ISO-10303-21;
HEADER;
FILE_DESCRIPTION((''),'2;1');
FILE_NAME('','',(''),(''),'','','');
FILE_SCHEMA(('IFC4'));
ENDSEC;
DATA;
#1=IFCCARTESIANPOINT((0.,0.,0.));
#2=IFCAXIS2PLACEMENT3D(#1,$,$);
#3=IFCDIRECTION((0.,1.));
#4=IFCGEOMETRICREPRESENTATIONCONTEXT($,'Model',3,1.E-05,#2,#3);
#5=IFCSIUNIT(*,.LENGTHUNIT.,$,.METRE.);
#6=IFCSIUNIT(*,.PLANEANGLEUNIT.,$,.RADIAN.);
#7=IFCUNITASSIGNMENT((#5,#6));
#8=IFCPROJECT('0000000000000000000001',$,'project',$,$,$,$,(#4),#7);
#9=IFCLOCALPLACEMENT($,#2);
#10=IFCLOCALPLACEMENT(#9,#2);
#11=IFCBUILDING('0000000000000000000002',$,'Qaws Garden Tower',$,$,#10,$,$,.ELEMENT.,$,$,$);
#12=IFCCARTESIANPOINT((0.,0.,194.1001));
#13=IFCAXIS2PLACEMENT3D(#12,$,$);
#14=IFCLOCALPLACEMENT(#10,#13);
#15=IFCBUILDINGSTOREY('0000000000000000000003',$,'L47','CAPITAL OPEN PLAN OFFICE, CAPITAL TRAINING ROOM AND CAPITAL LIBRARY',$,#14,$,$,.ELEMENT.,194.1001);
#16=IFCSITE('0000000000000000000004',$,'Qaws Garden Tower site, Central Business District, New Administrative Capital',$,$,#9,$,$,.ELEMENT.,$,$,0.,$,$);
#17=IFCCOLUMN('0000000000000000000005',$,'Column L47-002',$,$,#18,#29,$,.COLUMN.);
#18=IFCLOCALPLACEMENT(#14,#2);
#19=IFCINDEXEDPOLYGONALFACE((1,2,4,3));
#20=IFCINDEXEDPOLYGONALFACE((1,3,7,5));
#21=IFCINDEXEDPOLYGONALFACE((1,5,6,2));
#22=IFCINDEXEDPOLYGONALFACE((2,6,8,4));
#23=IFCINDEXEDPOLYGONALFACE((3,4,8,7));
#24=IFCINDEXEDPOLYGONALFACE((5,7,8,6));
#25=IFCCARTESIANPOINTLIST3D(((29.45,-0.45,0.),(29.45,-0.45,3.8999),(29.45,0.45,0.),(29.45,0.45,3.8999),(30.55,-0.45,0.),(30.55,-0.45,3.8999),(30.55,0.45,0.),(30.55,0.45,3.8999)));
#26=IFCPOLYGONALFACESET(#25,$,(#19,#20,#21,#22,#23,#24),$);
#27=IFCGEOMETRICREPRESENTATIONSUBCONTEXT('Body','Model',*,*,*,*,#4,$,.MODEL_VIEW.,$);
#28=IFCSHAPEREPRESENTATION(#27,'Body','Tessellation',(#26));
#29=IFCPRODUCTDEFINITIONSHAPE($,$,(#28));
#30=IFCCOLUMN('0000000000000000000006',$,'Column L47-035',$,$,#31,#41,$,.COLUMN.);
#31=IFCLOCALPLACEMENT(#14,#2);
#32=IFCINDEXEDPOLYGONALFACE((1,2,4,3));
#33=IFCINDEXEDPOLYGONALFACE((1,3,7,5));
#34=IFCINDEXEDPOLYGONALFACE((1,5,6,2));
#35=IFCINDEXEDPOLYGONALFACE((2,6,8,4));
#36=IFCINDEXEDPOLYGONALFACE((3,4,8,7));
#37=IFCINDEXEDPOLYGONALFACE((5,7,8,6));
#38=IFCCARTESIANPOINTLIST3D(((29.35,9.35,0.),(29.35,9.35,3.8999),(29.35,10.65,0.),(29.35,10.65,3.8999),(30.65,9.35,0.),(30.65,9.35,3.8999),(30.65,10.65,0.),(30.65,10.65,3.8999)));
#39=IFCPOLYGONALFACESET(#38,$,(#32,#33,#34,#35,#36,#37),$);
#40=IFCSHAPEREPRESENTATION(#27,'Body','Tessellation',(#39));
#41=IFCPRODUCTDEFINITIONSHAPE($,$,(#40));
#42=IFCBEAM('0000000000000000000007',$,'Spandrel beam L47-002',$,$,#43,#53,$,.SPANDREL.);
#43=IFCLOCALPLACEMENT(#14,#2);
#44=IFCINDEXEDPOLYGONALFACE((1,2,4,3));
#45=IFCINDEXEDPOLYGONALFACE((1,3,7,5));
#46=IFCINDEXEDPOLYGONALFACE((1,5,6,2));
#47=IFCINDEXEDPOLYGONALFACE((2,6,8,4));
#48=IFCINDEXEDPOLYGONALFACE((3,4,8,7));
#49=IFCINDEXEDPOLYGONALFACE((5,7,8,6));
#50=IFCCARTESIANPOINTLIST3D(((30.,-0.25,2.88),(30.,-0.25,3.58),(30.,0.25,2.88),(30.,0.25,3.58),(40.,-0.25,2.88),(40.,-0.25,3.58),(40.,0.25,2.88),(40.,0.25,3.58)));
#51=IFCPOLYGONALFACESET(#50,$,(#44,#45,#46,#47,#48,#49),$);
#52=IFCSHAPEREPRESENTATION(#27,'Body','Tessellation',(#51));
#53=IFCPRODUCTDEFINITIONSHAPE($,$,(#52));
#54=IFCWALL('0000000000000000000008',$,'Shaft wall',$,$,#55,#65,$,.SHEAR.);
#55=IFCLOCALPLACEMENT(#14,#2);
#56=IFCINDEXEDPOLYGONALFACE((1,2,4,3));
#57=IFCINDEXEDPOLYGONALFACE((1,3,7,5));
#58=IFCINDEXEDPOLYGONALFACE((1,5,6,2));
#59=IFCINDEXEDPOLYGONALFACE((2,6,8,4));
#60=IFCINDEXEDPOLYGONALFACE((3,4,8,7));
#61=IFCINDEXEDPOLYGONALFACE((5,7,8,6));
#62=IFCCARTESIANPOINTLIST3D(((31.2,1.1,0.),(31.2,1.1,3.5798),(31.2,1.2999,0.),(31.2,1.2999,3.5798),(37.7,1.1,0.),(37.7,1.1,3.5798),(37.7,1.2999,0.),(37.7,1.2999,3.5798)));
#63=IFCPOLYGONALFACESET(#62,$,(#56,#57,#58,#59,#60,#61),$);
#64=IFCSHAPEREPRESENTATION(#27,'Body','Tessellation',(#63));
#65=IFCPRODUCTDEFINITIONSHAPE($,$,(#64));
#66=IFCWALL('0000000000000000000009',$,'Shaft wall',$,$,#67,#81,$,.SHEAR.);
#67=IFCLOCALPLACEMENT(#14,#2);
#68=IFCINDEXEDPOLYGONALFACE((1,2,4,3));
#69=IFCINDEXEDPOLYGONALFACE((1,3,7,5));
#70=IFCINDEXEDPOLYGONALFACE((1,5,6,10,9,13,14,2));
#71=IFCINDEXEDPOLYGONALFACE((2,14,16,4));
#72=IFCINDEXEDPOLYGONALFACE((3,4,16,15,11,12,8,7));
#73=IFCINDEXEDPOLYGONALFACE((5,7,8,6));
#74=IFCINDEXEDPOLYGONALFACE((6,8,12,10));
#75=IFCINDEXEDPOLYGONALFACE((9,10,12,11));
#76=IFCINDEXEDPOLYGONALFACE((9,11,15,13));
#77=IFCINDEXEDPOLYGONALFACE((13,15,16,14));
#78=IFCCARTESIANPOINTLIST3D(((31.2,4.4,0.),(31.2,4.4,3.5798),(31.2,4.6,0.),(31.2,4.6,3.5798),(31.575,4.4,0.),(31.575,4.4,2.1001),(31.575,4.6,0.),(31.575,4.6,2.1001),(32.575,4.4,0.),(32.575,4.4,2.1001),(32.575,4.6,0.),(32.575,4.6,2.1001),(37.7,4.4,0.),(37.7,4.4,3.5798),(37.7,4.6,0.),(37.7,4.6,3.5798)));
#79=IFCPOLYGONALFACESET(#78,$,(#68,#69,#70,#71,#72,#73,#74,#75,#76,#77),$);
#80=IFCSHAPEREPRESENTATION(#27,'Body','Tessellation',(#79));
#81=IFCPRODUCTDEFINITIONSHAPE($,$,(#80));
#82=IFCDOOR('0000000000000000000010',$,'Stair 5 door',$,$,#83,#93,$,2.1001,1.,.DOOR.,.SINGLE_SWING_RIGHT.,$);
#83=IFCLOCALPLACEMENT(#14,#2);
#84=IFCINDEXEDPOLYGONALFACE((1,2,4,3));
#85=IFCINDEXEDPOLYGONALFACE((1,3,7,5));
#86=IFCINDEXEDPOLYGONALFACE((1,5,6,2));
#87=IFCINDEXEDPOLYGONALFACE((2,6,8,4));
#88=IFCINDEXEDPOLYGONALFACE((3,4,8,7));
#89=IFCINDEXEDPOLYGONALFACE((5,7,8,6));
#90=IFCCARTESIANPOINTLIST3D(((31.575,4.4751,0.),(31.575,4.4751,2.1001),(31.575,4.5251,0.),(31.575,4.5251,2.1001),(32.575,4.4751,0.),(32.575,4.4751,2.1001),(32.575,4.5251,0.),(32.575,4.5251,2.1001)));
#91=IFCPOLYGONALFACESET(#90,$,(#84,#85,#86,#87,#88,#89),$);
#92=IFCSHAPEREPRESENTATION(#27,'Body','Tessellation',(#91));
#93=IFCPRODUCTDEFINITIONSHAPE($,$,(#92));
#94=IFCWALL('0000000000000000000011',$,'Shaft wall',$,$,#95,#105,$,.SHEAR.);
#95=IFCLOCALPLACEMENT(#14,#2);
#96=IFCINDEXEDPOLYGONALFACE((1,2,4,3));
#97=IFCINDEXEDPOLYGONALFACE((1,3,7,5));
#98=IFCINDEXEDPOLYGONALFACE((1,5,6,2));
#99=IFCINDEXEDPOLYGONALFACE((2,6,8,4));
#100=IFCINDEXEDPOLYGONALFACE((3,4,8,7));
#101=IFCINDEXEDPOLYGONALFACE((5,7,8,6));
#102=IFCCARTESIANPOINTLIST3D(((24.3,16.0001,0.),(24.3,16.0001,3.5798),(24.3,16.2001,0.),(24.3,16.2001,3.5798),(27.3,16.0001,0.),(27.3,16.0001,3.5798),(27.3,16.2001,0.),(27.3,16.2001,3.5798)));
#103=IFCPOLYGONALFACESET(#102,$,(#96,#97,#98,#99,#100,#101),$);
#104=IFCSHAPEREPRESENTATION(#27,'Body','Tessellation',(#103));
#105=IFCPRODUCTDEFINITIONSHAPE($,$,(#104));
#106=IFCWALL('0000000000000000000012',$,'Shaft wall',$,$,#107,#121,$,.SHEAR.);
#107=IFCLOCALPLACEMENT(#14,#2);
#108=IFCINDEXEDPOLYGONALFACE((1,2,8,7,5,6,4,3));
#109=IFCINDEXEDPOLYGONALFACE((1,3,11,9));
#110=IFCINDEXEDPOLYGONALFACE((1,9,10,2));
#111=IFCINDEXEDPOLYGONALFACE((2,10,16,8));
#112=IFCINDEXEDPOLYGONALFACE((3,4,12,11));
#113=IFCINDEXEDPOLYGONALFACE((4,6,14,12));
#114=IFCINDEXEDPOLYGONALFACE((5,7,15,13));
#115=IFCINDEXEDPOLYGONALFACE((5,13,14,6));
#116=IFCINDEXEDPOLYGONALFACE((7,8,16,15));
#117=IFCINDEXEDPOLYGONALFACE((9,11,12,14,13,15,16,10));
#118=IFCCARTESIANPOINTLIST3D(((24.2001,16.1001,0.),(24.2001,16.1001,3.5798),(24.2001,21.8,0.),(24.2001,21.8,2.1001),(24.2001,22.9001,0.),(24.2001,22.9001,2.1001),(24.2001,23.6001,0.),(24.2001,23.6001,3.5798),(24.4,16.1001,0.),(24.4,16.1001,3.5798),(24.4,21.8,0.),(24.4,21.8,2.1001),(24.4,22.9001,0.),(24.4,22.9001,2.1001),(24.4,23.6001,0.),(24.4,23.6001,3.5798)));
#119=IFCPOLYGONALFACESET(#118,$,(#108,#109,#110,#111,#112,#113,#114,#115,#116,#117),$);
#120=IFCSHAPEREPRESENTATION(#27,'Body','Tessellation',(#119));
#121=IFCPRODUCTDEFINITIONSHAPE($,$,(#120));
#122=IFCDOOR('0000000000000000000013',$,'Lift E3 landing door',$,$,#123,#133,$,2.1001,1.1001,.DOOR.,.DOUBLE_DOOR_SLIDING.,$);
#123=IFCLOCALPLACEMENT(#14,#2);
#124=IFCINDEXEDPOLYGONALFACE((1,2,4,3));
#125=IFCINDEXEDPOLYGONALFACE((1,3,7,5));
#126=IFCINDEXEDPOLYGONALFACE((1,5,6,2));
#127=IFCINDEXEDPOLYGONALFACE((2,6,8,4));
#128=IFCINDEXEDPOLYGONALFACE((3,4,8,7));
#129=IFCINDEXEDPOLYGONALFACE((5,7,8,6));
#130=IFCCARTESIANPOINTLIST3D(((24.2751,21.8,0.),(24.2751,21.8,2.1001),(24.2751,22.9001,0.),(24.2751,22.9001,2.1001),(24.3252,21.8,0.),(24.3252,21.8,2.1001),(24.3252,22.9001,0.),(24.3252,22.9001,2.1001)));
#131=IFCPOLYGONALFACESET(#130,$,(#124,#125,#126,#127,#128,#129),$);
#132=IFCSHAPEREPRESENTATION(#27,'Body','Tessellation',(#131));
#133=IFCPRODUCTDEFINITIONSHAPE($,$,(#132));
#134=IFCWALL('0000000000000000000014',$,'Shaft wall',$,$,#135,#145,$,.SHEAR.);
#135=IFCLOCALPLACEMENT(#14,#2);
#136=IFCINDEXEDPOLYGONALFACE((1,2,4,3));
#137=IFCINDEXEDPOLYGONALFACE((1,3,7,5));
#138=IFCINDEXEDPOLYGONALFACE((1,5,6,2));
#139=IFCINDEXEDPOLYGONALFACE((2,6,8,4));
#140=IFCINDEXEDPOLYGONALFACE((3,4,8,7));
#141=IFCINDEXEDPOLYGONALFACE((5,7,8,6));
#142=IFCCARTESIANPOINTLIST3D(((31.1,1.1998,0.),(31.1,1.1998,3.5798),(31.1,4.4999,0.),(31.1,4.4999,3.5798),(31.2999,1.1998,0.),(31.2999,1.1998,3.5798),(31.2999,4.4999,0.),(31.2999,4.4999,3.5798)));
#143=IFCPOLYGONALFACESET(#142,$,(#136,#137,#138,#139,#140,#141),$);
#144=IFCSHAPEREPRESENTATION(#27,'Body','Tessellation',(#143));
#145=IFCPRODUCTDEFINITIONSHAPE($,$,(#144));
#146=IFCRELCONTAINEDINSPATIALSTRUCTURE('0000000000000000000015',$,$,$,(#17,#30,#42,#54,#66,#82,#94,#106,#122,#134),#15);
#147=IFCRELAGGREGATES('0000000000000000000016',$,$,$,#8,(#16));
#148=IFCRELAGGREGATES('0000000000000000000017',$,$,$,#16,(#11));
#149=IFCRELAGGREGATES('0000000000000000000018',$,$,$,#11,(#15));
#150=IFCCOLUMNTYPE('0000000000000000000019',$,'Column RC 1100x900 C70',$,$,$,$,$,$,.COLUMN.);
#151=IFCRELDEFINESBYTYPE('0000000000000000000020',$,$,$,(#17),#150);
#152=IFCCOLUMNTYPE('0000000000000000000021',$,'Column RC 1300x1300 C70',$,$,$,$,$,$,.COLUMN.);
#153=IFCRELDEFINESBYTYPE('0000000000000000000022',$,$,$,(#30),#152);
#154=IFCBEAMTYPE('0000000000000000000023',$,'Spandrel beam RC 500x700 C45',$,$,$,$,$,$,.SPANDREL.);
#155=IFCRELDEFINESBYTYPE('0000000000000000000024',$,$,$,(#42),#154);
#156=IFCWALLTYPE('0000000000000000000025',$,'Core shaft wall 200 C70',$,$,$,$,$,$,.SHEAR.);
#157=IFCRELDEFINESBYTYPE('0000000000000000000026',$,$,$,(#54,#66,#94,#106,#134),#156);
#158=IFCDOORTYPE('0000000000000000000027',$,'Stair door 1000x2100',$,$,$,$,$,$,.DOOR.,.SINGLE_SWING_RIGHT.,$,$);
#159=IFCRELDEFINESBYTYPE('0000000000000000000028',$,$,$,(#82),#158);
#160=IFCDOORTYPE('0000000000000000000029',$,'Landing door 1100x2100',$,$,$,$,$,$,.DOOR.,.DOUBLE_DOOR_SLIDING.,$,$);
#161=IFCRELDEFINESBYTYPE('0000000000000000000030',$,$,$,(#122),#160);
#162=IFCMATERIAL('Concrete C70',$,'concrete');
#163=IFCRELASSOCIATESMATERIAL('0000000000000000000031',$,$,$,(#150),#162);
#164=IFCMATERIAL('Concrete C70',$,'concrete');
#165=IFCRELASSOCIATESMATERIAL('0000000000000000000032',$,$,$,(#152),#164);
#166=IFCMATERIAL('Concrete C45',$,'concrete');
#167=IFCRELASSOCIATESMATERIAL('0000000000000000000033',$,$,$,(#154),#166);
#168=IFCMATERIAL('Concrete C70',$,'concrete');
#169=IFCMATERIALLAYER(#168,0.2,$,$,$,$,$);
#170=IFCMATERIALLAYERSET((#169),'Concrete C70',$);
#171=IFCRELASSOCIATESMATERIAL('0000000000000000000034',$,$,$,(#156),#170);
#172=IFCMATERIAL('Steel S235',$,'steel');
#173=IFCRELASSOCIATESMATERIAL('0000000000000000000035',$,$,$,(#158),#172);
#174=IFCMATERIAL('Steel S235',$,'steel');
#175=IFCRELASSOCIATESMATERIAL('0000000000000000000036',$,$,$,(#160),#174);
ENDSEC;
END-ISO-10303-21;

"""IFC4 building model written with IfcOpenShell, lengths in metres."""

from ifc_helpers import new_model, si_unit, direction, frame, frame_2d, origin, origin_2d, place, context, subcontext, project, spatial, rectangle, extrude, material, layer, layer_set, material_profile, profile_set, type_object, element, fill, save


model = new_model("IFC4")

# Units and contexts
model_context = context("Model", 3, precision=1e-05, world=origin(), true_north=direction((0.0, 1.0)))
body_context = subcontext(model_context, "Body", "Model", "MODEL_VIEW")
ifc_project = project(units=[si_unit("LENGTHUNIT", "METRE"), si_unit("PLANEANGLEUNIT", "RADIAN")], contexts=[model_context])

# Site, building, storey
site_placement = place(None, origin())
site = spatial("IfcSite", under=ifc_project, at=site_placement, Name="Qaws Garden Tower site, Central Business District, New Administrative Capital", CompositionType="ELEMENT", RefElevation=0.0)
building_placement = place(site_placement, origin())
building = spatial("IfcBuilding", under=site, at=building_placement, Name="Qaws Garden Tower", CompositionType="ELEMENT")
storey_placement = place(building_placement, frame((0.0, 0.0, 194.1001)))
storey = spatial("IfcBuildingStorey", under=building, at=storey_placement, Name="L47", Description="CAPITAL OPEN PLAN OFFICE, CAPITAL TRAINING ROOM AND CAPITAL LIBRARY", CompositionType="ELEMENT", Elevation=194.1001)

# Columns
ifc_material_1 = material(Name="Concrete C70", Category="concrete")
ifc_material_profile_1 = material_profile(ifc_material_1, rectangle(XDim=1.1001, YDim=0.8999, at=origin_2d()), Name="RC 1100x900")
ifc_profile_set_1 = profile_set([ifc_material_profile_1], Name="Concrete C70")
column_type_1 = type_object("IfcColumnType", Name="Column RC 1100x900 C70", PredefinedType="COLUMN", material=ifc_profile_set_1)
column_1_placement = place(storey_placement, frame((30.0, 0.0, 0.0), z_axis=(0.0, 0.0, 1.0), x_axis=(1.0, 0.0, 0.0)))
element("IfcColumn", 1, at=column_1_placement, inside=storey, type_object=column_type_1, Name="Column L47-002", PredefinedType="COLUMN", context=body_context, shape_type="SweptSolid", body=[
    extrude(rectangle(XDim=1.1001, YDim=0.8999, at=origin_2d()), origin(), (0.0, 0.0, 1.0), 3.8999),
])
ifc_material_2 = material(Name="Concrete C70", Category="concrete")
ifc_material_profile_2 = material_profile(ifc_material_2, rectangle(XDim=1.3, YDim=1.3, at=origin_2d()), Name="RC 1300x1300")
ifc_profile_set_2 = profile_set([ifc_material_profile_2], Name="Concrete C70")
column_type_2 = type_object("IfcColumnType", Name="Column RC 1300x1300 C70", PredefinedType="COLUMN", material=ifc_profile_set_2)
column_2_placement = place(storey_placement, frame((30.0, 10.0, 0.0), z_axis=(0.0, 0.0, 1.0), x_axis=(1.0, 0.0, 0.0)))
element("IfcColumn", 2, at=column_2_placement, inside=storey, type_object=column_type_2, Name="Column L47-035", PredefinedType="COLUMN", context=body_context, shape_type="SweptSolid", body=[
    extrude(rectangle(XDim=1.3, YDim=1.3, at=origin_2d()), origin(), (0.0, 0.0, 1.0), 3.8999),
])

# Beam
ifc_material_3 = material(Name="Concrete C45", Category="concrete")
ifc_material_profile_3 = material_profile(ifc_material_3, rectangle(XDim=0.5, YDim=0.7, at=origin_2d()), Name="RC 500x700")
ifc_profile_set_3 = profile_set([ifc_material_profile_3], Name="Concrete C45")
beam_type = type_object("IfcBeamType", Name="Spandrel beam RC 500x700 C45", PredefinedType="SPANDREL", material=ifc_profile_set_3)
beam_placement = place(storey_placement, frame((30.0, 0.0, 3.23), z_axis=(1.0, 0.0, 0.0), x_axis=(0.0, 1.0, 0.0)))
element("IfcBeam", 3, at=beam_placement, inside=storey, type_object=beam_type, Name="Spandrel beam L47-002", PredefinedType="SPANDREL", context=body_context, shape_type="SweptSolid", body=[
    extrude(rectangle(XDim=0.5, YDim=0.7, at=origin_2d()), origin(), (0.0, 0.0, 1.0), 10.0),
])

# Wall
ifc_material_4 = material(Name="Concrete C70", Category="concrete")
ifc_layer_1 = layer(ifc_material_4, 0.2)
ifc_layer_set_1 = layer_set([ifc_layer_1], Name="Concrete C70")
wall_type_1 = type_object("IfcWallType", Name="Core shaft wall 200 C70", PredefinedType="SHEAR", material=ifc_layer_set_1)
wall_1_placement = place(storey_placement, frame((31.2, 1.2, 0.0), z_axis=(0.0, 0.0, 1.0), x_axis=(1.0, 0.0, 0.0)))
element("IfcWall", 4, at=wall_1_placement, inside=storey, type_object=wall_type_1, Name="Shaft wall", PredefinedType="SHEAR", context=body_context, shape_type="SweptSolid", body=[
    extrude(rectangle(XDim=6.5, YDim=0.2, at=frame_2d((3.25, 0.0))), origin(), (0.0, 0.0, 1.0), 3.5798),
])

# Wall, opening, door
wall_2_placement = place(storey_placement, frame((31.2, 4.5, 0.0), z_axis=(0.0, 0.0, 1.0), x_axis=(1.0, 0.0, 0.0)))
wall_2 = element("IfcWall", 5, at=wall_2_placement, inside=storey, type_object=wall_type_1, Name="Shaft wall", PredefinedType="SHEAR", context=body_context, shape_type="SweptSolid", body=[
    extrude(rectangle(XDim=6.5, YDim=0.2, at=frame_2d((3.25, 0.0))), origin(), (0.0, 0.0, 1.0), 3.5798),
])
opening_1_placement = place(wall_2_placement, frame((0.375, 0.0, 0.0)))
opening_1 = element("IfcOpeningElement", 6, at=opening_1_placement, cuts=wall_2, PredefinedType="OPENING", context=body_context, shape_type="SweptSolid", body=[
    extrude(rectangle(XDim=1.0, YDim=2.1001, at=frame_2d((0.5, 1.05))), frame((0.0, 0.1099, 0.0), z_axis=(0.0, -1.0, 0.0), x_axis=(1.0, 0.0, 0.0)), (0.0, 0.0, 1.0), 0.22),
])
ifc_material_5 = material(Name="Steel S235", Category="steel")
door_type_1 = type_object("IfcDoorType", Name="Stair door 1000x2100", OperationType="SINGLE_SWING_RIGHT", PredefinedType="DOOR", material=ifc_material_5)
door_1_placement = place(opening_1_placement, frame((1.0, 0.0, 0.0), z_axis=(0.0, 0.0, 1.0), x_axis=(-1.0, 0.0, 0.0)))
door_1 = element("IfcDoor", 7, at=door_1_placement, inside=storey, type_object=door_type_1, Name="Stair 5 door", OperationType="SINGLE_SWING_RIGHT", OverallHeight=2.1001, OverallWidth=1.0, PredefinedType="DOOR", context=body_context, shape_type="SweptSolid", body=[
    extrude(rectangle(XDim=1.0, YDim=2.1001, at=frame_2d((0.5, 1.05))), frame((0.0, 0.0249, 0.0), z_axis=(0.0, -1.0, 0.0), x_axis=(1.0, 0.0, 0.0)), (0.0, 0.0, 1.0), 0.05),
])
fill(opening_1, door_1)

# Wall
wall_3_placement = place(storey_placement, frame((24.3, 16.1001, 0.0), z_axis=(0.0, 0.0, 1.0), x_axis=(1.0, 0.0, 0.0)))
element("IfcWall", 8, at=wall_3_placement, inside=storey, type_object=wall_type_1, Name="Shaft wall", PredefinedType="SHEAR", context=body_context, shape_type="SweptSolid", body=[
    extrude(rectangle(XDim=3.0, YDim=0.2, at=frame_2d((1.5, 0.0))), origin(), (0.0, 0.0, 1.0), 3.5798),
])

# Wall, opening, door
wall_4_placement = place(storey_placement, frame((24.3, 16.1001, 0.0), z_axis=(0.0, 0.0, 1.0), x_axis=(0.0, 1.0, 0.0)))
wall_4 = element("IfcWall", 9, at=wall_4_placement, inside=storey, type_object=wall_type_1, Name="Shaft wall", PredefinedType="SHEAR", context=body_context, shape_type="SweptSolid", body=[
    extrude(rectangle(XDim=7.5, YDim=0.2, at=frame_2d((3.75, 0.0))), origin(), (0.0, 0.0, 1.0), 3.5798),
])
opening_2_placement = place(wall_4_placement, frame((5.7, 0.0, 0.0)))
opening_2 = element("IfcOpeningElement", 10, at=opening_2_placement, cuts=wall_4, PredefinedType="OPENING", context=body_context, shape_type="SweptSolid", body=[
    extrude(rectangle(XDim=1.1001, YDim=2.1001, at=frame_2d((0.55, 1.05))), frame((0.0, 0.1099, 0.0), z_axis=(0.0, -1.0, 0.0), x_axis=(1.0, 0.0, 0.0)), (0.0, 0.0, 1.0), 0.22),
])
ifc_material_6 = material(Name="Steel S235", Category="steel")
door_type_2 = type_object("IfcDoorType", Name="Landing door 1100x2100", OperationType="DOUBLE_DOOR_SLIDING", PredefinedType="DOOR", material=ifc_material_6)
door_2_placement = place(opening_2_placement, origin())
door_2 = element("IfcDoor", 11, at=door_2_placement, inside=storey, type_object=door_type_2, Name="Lift E3 landing door", OperationType="DOUBLE_DOOR_SLIDING", OverallHeight=2.1001, OverallWidth=1.1001, PredefinedType="DOOR", context=body_context, shape_type="SweptSolid", body=[
    extrude(rectangle(XDim=1.1001, YDim=2.1001, at=frame_2d((0.55, 1.05))), frame((0.0, 0.0249, 0.0), z_axis=(0.0, -1.0, 0.0), x_axis=(1.0, 0.0, 0.0)), (0.0, 0.0, 1.0), 0.05),
])
fill(opening_2, door_2)

# Wall
wall_5_placement = place(storey_placement, frame((31.2, 1.2, 0.0), z_axis=(0.0, 0.0, 1.0), x_axis=(0.0, 1.0, 0.0)))
element("IfcWall", 12, at=wall_5_placement, inside=storey, type_object=wall_type_1, Name="Shaft wall", PredefinedType="SHEAR", context=body_context, shape_type="SweptSolid", body=[
    extrude(rectangle(XDim=3.3, YDim=0.2, at=frame_2d((1.6499, 0.0))), origin(), (0.0, 0.0, 1.0), 3.5798),
])

save(model, "model.ifc")
